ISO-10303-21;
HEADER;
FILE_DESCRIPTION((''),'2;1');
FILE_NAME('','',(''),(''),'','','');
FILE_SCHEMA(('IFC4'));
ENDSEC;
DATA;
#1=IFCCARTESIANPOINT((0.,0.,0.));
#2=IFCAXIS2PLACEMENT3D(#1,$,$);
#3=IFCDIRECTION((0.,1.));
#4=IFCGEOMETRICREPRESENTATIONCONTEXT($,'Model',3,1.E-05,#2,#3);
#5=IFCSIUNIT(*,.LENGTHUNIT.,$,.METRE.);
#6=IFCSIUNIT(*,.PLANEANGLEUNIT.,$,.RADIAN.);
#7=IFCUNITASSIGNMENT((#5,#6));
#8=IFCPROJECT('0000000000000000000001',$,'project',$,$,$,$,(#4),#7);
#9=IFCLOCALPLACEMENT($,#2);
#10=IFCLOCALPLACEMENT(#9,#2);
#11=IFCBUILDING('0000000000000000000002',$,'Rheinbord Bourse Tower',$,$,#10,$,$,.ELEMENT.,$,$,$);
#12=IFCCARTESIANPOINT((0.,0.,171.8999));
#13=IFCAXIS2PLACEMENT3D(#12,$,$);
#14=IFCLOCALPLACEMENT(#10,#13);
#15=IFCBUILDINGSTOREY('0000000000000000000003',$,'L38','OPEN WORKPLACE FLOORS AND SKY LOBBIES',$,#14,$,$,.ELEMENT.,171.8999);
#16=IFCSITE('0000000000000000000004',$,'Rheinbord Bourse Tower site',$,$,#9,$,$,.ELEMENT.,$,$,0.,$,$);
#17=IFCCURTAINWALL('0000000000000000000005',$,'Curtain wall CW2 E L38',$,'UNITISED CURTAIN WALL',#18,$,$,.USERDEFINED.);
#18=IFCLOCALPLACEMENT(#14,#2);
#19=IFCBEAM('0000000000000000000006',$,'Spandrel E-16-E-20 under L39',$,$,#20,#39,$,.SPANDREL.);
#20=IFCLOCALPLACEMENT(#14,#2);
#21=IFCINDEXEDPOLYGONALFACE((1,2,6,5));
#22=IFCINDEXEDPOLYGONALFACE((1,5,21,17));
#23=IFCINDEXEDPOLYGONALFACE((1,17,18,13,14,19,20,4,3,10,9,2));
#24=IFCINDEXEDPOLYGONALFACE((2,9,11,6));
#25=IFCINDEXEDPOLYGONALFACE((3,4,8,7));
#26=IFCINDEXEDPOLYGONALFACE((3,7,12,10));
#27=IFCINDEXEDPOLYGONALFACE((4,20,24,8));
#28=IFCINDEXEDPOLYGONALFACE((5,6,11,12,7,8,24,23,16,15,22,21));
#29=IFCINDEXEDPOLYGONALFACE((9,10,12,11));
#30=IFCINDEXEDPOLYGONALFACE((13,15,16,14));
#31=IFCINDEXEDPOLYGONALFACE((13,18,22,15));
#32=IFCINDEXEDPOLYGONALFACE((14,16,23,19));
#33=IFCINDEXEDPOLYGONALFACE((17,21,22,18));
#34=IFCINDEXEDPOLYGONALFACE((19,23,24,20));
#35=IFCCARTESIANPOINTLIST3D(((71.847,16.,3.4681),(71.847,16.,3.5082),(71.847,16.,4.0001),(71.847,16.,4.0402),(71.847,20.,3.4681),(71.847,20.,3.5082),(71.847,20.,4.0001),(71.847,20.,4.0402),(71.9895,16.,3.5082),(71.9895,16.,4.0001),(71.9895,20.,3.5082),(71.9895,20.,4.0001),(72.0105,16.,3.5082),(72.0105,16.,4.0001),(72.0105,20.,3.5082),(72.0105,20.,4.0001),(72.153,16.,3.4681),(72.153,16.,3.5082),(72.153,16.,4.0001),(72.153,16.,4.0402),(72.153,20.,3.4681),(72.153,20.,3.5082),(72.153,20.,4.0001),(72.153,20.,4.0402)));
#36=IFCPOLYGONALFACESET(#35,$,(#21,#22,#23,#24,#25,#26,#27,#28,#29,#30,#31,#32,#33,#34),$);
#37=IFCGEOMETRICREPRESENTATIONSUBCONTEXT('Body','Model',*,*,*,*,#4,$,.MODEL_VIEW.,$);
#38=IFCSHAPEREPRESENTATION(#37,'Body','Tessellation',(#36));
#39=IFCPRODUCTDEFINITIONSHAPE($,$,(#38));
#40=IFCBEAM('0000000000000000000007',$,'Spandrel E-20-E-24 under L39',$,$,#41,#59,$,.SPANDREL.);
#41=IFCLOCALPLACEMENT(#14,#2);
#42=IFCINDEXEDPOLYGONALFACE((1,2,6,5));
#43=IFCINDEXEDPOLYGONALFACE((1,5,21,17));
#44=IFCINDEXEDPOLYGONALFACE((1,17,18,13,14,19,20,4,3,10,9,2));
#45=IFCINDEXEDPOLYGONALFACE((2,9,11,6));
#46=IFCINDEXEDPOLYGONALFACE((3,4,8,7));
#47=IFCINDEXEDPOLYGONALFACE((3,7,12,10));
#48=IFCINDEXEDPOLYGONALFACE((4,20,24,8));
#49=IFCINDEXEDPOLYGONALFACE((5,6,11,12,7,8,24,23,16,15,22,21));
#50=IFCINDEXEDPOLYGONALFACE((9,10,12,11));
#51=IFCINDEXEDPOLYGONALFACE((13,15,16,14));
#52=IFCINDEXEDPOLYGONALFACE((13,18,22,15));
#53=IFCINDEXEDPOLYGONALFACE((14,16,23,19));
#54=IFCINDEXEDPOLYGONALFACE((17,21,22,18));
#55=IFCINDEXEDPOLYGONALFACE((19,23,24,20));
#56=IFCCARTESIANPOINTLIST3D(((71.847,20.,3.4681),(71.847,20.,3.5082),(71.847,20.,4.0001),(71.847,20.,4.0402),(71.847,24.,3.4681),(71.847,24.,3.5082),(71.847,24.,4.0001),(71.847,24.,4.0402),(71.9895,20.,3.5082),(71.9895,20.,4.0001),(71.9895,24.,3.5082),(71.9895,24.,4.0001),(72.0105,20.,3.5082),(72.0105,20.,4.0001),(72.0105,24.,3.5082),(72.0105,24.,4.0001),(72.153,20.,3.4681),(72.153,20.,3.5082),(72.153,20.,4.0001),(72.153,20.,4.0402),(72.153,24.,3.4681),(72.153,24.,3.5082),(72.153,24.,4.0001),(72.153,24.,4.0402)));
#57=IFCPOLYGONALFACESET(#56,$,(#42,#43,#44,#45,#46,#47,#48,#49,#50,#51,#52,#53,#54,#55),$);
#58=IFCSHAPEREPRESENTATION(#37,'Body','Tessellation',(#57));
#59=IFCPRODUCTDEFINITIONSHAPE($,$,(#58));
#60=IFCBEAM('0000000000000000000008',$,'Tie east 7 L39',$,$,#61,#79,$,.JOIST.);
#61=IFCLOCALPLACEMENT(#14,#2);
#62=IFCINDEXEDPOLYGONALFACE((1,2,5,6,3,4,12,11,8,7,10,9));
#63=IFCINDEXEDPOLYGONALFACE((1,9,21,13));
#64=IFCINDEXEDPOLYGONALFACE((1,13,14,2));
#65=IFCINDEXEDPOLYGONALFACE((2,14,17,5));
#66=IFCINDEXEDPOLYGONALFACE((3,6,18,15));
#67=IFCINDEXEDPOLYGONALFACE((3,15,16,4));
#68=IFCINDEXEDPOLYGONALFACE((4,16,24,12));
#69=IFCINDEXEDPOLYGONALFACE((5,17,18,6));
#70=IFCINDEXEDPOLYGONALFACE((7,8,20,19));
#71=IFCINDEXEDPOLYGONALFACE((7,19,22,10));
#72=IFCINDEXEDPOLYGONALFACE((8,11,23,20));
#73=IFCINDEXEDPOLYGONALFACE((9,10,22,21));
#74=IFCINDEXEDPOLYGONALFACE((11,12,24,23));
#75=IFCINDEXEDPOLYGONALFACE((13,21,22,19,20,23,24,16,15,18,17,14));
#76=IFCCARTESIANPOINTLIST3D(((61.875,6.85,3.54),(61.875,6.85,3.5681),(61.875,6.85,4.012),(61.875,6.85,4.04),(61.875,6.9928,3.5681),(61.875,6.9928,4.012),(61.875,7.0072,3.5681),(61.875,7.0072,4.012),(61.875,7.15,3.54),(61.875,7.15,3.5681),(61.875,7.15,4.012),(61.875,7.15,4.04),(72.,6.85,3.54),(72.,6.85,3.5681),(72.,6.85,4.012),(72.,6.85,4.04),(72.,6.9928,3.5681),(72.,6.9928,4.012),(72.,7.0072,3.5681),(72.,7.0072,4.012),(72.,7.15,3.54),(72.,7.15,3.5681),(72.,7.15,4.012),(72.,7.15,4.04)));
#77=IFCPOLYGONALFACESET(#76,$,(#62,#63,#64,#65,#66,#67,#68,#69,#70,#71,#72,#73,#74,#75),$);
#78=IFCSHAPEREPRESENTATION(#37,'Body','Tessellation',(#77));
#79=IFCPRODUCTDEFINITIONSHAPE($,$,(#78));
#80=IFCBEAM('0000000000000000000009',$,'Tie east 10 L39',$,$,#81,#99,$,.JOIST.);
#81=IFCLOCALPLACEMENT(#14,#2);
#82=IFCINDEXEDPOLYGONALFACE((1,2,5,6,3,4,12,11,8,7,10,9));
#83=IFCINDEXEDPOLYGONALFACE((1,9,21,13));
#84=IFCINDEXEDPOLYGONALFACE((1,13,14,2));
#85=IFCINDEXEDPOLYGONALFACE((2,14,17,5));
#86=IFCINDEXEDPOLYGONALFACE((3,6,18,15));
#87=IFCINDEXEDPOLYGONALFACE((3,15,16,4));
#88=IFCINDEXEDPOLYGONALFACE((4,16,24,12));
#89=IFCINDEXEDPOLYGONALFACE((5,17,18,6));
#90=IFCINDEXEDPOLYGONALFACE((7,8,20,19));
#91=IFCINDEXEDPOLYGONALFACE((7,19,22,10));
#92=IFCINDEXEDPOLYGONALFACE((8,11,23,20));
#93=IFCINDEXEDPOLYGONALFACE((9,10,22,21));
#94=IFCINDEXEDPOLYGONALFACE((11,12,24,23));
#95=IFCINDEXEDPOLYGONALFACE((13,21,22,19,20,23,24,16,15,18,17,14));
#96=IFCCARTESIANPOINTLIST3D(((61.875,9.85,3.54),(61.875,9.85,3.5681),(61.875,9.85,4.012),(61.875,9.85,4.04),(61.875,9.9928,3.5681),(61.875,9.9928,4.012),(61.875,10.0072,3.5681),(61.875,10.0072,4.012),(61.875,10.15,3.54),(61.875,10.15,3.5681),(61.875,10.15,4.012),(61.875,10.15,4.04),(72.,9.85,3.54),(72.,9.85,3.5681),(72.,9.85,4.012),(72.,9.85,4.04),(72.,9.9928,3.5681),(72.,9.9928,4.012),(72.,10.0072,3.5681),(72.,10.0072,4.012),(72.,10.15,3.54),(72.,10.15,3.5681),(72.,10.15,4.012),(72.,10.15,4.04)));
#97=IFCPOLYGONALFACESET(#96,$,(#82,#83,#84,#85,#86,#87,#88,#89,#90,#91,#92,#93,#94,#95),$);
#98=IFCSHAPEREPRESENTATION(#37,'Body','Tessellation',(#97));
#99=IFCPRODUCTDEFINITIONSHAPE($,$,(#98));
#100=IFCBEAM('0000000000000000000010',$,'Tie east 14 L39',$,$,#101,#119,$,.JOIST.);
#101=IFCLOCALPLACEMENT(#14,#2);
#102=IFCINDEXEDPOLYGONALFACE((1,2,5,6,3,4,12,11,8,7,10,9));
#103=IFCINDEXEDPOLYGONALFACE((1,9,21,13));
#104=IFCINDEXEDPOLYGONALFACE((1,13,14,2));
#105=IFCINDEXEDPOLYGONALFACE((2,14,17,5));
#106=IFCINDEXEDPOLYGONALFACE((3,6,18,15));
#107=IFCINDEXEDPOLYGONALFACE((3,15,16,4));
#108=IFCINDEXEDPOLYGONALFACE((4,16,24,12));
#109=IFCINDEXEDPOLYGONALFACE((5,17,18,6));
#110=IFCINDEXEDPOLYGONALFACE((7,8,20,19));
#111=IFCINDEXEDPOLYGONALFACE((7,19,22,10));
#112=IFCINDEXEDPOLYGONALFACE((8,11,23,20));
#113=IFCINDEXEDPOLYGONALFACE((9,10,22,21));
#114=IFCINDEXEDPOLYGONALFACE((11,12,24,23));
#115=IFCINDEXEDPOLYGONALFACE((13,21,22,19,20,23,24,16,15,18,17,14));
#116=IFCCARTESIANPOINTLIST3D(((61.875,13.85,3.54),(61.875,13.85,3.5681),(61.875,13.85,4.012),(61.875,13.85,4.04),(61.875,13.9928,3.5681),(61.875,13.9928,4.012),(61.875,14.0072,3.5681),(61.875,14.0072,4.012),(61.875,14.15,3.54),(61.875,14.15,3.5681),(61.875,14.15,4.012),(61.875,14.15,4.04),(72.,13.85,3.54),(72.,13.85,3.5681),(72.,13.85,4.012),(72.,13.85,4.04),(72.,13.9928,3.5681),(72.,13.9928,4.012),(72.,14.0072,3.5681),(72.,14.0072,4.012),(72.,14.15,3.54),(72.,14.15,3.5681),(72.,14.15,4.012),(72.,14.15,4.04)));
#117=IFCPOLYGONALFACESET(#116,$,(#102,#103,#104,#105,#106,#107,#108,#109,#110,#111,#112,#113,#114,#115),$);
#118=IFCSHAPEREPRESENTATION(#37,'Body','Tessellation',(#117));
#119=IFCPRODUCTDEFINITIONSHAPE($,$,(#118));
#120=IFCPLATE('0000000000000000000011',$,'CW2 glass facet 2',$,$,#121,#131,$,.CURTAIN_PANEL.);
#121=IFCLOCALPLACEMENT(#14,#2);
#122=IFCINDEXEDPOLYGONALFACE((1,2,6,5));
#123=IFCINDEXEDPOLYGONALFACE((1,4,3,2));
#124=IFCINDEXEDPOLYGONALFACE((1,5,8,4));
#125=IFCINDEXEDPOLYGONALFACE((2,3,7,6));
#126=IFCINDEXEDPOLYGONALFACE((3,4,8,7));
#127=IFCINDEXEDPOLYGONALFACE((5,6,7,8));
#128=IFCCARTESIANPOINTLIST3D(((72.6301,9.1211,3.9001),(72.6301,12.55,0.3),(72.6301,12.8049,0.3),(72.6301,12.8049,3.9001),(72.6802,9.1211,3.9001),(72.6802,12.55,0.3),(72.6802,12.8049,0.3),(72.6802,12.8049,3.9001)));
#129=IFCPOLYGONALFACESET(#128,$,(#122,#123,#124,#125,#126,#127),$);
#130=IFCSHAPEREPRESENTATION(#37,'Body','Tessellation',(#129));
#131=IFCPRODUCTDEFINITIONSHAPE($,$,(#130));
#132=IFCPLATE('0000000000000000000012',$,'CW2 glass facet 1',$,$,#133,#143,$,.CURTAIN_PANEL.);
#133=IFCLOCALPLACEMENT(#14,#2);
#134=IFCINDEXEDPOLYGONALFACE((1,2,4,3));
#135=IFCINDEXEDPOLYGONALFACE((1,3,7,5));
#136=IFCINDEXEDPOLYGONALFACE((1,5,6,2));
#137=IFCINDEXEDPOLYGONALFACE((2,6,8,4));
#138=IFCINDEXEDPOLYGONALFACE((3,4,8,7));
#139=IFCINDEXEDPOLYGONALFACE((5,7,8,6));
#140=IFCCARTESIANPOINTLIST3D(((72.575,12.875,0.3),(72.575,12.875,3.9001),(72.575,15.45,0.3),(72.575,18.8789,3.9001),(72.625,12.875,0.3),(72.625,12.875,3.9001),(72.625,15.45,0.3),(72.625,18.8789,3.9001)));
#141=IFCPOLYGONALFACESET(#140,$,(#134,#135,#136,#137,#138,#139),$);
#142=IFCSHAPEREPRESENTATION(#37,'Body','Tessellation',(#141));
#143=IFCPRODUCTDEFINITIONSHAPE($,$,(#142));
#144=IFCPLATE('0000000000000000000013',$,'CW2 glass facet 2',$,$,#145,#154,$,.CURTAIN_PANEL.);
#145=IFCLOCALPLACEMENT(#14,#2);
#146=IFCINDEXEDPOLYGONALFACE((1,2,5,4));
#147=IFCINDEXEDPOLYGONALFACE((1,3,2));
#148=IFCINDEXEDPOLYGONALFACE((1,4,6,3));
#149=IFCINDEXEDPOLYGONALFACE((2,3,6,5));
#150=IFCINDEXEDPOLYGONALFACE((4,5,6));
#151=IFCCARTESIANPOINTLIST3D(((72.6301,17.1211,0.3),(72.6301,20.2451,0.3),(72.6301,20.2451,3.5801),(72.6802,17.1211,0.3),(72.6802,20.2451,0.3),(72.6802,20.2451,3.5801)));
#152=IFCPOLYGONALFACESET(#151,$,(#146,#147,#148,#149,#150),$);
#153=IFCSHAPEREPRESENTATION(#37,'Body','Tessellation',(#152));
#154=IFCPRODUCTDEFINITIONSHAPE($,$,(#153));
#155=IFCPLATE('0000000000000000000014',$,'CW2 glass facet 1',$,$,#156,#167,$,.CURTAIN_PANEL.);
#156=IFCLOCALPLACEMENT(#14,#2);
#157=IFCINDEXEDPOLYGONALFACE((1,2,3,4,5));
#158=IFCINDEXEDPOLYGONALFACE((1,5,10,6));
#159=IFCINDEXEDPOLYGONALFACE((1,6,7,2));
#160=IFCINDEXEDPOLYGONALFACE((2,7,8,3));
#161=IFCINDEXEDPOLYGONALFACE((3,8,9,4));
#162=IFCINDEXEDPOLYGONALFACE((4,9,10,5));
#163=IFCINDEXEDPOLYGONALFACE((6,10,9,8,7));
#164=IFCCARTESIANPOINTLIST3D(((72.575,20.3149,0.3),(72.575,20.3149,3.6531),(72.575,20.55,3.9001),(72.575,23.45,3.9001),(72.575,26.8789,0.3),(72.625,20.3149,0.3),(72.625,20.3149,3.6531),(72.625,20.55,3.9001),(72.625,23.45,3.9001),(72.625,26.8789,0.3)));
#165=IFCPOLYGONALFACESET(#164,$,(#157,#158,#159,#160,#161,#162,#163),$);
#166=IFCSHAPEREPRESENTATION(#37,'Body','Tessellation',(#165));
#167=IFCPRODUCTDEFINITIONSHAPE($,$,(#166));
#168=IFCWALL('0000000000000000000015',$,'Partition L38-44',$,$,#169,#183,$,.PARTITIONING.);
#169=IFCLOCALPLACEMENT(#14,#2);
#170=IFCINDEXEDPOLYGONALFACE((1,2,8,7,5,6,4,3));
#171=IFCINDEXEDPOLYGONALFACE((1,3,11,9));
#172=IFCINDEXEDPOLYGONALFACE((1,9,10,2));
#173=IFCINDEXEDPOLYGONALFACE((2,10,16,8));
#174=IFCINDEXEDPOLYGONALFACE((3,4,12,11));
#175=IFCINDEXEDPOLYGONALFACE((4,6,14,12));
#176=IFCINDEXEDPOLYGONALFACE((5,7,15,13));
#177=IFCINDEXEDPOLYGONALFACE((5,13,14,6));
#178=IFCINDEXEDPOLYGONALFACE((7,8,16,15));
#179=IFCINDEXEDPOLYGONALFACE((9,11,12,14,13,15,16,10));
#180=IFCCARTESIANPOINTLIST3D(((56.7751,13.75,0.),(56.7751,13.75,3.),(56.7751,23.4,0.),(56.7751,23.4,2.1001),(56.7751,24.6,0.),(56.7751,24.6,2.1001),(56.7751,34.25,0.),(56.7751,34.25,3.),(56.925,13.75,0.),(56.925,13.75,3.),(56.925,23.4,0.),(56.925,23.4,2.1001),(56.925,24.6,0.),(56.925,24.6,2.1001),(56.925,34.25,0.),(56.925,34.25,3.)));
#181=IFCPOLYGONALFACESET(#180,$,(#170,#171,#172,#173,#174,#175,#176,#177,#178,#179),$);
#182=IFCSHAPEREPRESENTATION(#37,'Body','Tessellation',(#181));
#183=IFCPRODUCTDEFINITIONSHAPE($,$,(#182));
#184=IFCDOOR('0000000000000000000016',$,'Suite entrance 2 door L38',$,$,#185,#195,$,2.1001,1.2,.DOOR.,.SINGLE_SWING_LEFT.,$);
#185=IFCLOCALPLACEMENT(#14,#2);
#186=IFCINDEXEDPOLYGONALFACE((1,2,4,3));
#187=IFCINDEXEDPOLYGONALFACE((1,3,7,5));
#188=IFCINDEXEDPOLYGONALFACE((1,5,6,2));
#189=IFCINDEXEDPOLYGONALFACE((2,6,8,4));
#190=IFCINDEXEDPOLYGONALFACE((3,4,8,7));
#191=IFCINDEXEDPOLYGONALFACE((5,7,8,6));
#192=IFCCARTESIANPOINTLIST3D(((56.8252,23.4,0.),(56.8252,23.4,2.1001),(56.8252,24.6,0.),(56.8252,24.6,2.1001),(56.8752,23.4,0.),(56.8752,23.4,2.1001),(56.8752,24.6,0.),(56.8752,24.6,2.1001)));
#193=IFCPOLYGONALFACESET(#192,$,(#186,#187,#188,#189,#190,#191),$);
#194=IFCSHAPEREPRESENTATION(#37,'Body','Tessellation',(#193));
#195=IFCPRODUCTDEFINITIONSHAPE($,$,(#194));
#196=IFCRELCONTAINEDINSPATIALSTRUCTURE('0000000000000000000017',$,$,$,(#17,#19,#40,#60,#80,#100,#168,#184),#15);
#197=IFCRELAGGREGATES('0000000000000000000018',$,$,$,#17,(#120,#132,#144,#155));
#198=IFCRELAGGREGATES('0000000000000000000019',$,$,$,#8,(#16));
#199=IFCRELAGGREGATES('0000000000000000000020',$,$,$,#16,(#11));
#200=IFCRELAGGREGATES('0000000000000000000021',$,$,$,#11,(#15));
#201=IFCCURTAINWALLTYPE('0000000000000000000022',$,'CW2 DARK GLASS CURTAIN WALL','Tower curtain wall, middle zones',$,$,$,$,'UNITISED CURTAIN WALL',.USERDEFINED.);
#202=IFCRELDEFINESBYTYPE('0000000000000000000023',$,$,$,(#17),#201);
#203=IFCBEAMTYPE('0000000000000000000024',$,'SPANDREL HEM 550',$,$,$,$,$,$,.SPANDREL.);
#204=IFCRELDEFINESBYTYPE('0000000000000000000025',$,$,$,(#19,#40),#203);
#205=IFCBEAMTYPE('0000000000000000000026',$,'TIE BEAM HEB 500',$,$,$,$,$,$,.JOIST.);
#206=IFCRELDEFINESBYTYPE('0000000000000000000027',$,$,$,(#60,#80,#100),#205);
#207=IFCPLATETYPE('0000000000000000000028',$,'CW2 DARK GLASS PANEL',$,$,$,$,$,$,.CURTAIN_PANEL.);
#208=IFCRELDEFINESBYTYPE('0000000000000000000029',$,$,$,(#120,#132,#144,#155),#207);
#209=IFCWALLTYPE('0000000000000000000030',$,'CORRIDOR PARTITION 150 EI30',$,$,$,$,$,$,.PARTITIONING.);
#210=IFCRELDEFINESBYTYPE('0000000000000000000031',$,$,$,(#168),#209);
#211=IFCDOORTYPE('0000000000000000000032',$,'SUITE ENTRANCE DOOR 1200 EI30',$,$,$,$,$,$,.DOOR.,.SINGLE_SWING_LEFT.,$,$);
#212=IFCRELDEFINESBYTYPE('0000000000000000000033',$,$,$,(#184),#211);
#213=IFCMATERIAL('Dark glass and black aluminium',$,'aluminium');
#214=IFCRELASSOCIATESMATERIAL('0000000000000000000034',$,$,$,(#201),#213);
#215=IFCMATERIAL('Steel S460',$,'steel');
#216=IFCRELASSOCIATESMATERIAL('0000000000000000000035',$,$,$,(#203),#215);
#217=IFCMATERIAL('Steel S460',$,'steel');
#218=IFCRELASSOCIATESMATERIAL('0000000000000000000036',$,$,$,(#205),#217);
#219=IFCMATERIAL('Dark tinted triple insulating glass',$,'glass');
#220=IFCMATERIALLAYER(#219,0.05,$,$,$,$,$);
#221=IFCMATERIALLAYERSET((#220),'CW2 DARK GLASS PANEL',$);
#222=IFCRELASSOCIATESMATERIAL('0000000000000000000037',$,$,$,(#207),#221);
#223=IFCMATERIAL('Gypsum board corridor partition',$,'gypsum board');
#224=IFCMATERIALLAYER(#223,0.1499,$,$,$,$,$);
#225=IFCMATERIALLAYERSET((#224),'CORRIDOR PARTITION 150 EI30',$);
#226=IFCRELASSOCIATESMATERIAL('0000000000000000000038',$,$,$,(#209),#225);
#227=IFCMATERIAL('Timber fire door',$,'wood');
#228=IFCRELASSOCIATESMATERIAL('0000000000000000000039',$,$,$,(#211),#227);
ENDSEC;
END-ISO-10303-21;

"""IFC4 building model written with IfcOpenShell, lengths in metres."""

from ifc_helpers import new_model, si_unit, direction, frame, frame_2d, origin, origin_2d, place, context, subcontext, project, spatial, polyline, rectangle, i_section, outline, extrude, material, layer, layer_set, material_profile, profile_set, type_object, element, fill, aggregate, save


model = new_model("IFC4")

# Units and contexts
model_context = context("Model", 3, precision=1e-05, world=origin(), true_north=direction((0.0, 1.0)))
body_context = subcontext(model_context, "Body", "Model", "MODEL_VIEW")
ifc_project = project(units=[si_unit("LENGTHUNIT", "METRE"), si_unit("PLANEANGLEUNIT", "RADIAN")], contexts=[model_context])

# Site, building, storey
site_placement = place(None, origin())
site = spatial("IfcSite", under=ifc_project, at=site_placement, Name="Rheinbord Bourse Tower site", CompositionType="ELEMENT", RefElevation=0.0)
building_placement = place(site_placement, origin())
building = spatial("IfcBuilding", under=site, at=building_placement, Name="Rheinbord Bourse Tower", CompositionType="ELEMENT")
storey_placement = place(building_placement, frame((0.0, 0.0, 171.8999)))
storey = spatial("IfcBuildingStorey", under=building, at=storey_placement, Name="L38", Description="OPEN WORKPLACE FLOORS AND SKY LOBBIES", CompositionType="ELEMENT", Elevation=171.8999)

# Curtain wall
ifc_material_1 = material(Name="Dark glass and black aluminium", Category="aluminium")
curtain_wall_type = type_object("IfcCurtainWallType", Name="CW2 DARK GLASS CURTAIN WALL", Description="Tower curtain wall, middle zones", ElementType="UNITISED CURTAIN WALL", PredefinedType="USERDEFINED", material=ifc_material_1)
curtain_wall_placement = place(storey_placement, origin())
curtain_wall = element("IfcCurtainWall", 1, at=curtain_wall_placement, inside=storey, type_object=curtain_wall_type, Name="Curtain wall CW2 E L38", ObjectType="UNITISED CURTAIN WALL", PredefinedType="USERDEFINED")

# Beams
ifc_material_2 = material(Name="Steel S460", Category="steel")
ifc_material_profile_1 = material_profile(ifc_material_2, i_section(OverallWidth=0.3059, OverallDepth=0.572, WebThickness=0.021, FlangeThickness=0.04, at=origin_2d()), Name="HEM 550")
ifc_profile_set_1 = profile_set([ifc_material_profile_1], Name="Steel S460")
beam_type_1 = type_object("IfcBeamType", Name="SPANDREL HEM 550", PredefinedType="SPANDREL", material=ifc_profile_set_1)
for number, where, z_axis, x_axis, name in (
    (2, (72.0, 16.0, 3.7542), (0.0, 1.0, 0.0), (-1.0, 0.0, 0.0), "Spandrel E-16-E-20 under L39"),
    (3, (72.0, 20.0, 3.7542), (0.0, 1.0, 0.0), (-1.0, 0.0, 0.0), "Spandrel E-20-E-24 under L39"),
):
    element("IfcBeam", number, at=place(storey_placement, frame(where, z_axis=z_axis, x_axis=x_axis)), inside=storey, type_object=beam_type_1, Name=name, PredefinedType="SPANDREL", context=body_context, shape_type="SweptSolid", body=[
        extrude(i_section(OverallWidth=0.3059, OverallDepth=0.572, WebThickness=0.021, FlangeThickness=0.04, at=origin_2d()), origin(), (0.0, 0.0, 1.0), 4.0),
    ])
ifc_material_3 = material(Name="Steel S460", Category="steel")
ifc_material_profile_2 = material_profile(ifc_material_3, i_section(OverallWidth=0.3, OverallDepth=0.5, WebThickness=0.0144, FlangeThickness=0.0281, at=origin_2d()), Name="HEB 500")
ifc_profile_set_2 = profile_set([ifc_material_profile_2], Name="Steel S460")
beam_type_2 = type_object("IfcBeamType", Name="TIE BEAM HEB 500", PredefinedType="JOIST", material=ifc_profile_set_2)
for number, where, z_axis, x_axis, name in (
    (4, (61.875, 7.0, 3.79), (1.0, 0.0, 0.0), (0.0, 1.0, 0.0), "Tie east 7 L39"),
    (5, (61.875, 10.0, 3.79), (1.0, 0.0, 0.0), (0.0, 1.0, 0.0), "Tie east 10 L39"),
    (6, (61.875, 14.0, 3.79), (1.0, 0.0, 0.0), (0.0, 1.0, 0.0), "Tie east 14 L39"),
):
    element("IfcBeam", number, at=place(storey_placement, frame(where, z_axis=z_axis, x_axis=x_axis)), inside=storey, type_object=beam_type_2, Name=name, PredefinedType="JOIST", context=body_context, shape_type="SweptSolid", body=[
        extrude(i_section(OverallWidth=0.3, OverallDepth=0.5, WebThickness=0.0144, FlangeThickness=0.0281, at=origin_2d()), origin(), (0.0, 0.0, 1.0), 10.125),
    ])

# Plates
ifc_material_4 = material(Name="Dark tinted triple insulating glass", Category="glass")
ifc_layer_1 = layer(ifc_material_4, 0.05)
ifc_layer_set_1 = layer_set([ifc_layer_1], Name="CW2 DARK GLASS PANEL")
plate_type = type_object("IfcPlateType", Name="CW2 DARK GLASS PANEL", PredefinedType="CURTAIN_PANEL", material=ifc_layer_set_1)
plate_1_placement = place(storey_placement, frame((72.6802, 12.8049, 3.9001), z_axis=(-1.0, 0.0, 0.0), x_axis=(0.0, 0.0, -1.0)))
plate_1 = element("IfcPlate", 7, at=plate_1_placement, type_object=plate_type, Name="CW2 glass facet 2", PredefinedType="CURTAIN_PANEL", context=body_context, shape_type="SweptSolid", body=[
    extrude(outline(polyline([(0.0, 0.0), (3.6001, 0.0), (3.6001, 0.2549), (0.0, 3.6838), (0.0, 0.0)])), origin(), (0.0, 0.0, 1.0), 0.05),
])
plate_2_placement = place(storey_placement, frame((72.625, 12.875, 0.3), z_axis=(-1.0, 0.0, 0.0), x_axis=(0.0, 0.0, 1.0)))
plate_2 = element("IfcPlate", 8, at=plate_2_placement, type_object=plate_type, Name="CW2 glass facet 1", PredefinedType="CURTAIN_PANEL", context=body_context, shape_type="SweptSolid", body=[
    extrude(outline(polyline([(0.0, 0.0), (3.6001, 0.0), (3.6001, 6.0039), (0.0, 2.575), (0.0, 0.0)])), origin(), (0.0, 0.0, 1.0), 0.05),
])
plate_3_placement = place(storey_placement, frame((72.6802, 20.2451, 0.3), z_axis=(-1.0, 0.0, 0.0), x_axis=(0.0, -1.0, 0.0)))
plate_3 = element("IfcPlate", 9, at=plate_3_placement, type_object=plate_type, Name="CW2 glass facet 2", PredefinedType="CURTAIN_PANEL", context=body_context, shape_type="SweptSolid", body=[
    extrude(outline(polyline([(0.0, 0.0), (3.124, 0.0), (0.0, 3.28), (0.0, 0.0)])), origin(), (0.0, 0.0, 1.0), 0.05),
])
plate_4_placement = place(storey_placement, frame((72.625, 20.3149, 0.3), z_axis=(-1.0, 0.0, 0.0), x_axis=(0.0, 0.0, 1.0)))
plate_4 = element("IfcPlate", 10, at=plate_4_placement, type_object=plate_type, Name="CW2 glass facet 1", PredefinedType="CURTAIN_PANEL", context=body_context, shape_type="SweptSolid", body=[
    extrude(outline(polyline([(0.0, 0.0), (3.353, 0.0), (3.6001, 0.2351), (3.6001, 3.135), (0.0, 6.564), (0.0, 0.0)])), origin(), (0.0, 0.0, 1.0), 0.05),
])
aggregate(curtain_wall, [plate_1, plate_2, plate_3, plate_4])

# Wall, opening, door
ifc_material_5 = material(Name="Gypsum board corridor partition", Category="gypsum board")
ifc_layer_2 = layer(ifc_material_5, 0.1499)
ifc_layer_set_2 = layer_set([ifc_layer_2], Name="CORRIDOR PARTITION 150 EI30")
wall_type_1 = type_object("IfcWallType", Name="CORRIDOR PARTITION 150 EI30", PredefinedType="PARTITIONING", material=ifc_layer_set_2)
wall_1_placement = place(storey_placement, frame((56.8501, 13.75, 0.0), z_axis=(0.0, 0.0, 1.0), x_axis=(0.0, 1.0, 0.0)))
wall_1 = element("IfcWall", 11, at=wall_1_placement, inside=storey, type_object=wall_type_1, Name="Partition L38-44", PredefinedType="PARTITIONING", context=body_context, shape_type="SweptSolid", body=[
    extrude(rectangle(XDim=20.5, YDim=0.1499, at=frame_2d((10.25, 0.0))), origin(), (0.0, 0.0, 1.0), 3.0),
])
opening_1_placement = place(wall_1_placement, frame((9.6499, 0.0, 0.0)))
opening_1 = element("IfcOpeningElement", 12, at=opening_1_placement, cuts=wall_1, PredefinedType="OPENING", context=body_context, shape_type="SweptSolid", body=[
    extrude(rectangle(XDim=1.2, YDim=2.1001, at=frame_2d((0.6001, 1.05))), frame((0.0, 0.085, 0.0), z_axis=(0.0, -1.0, 0.0), x_axis=(1.0, 0.0, 0.0)), (0.0, 0.0, 1.0), 0.1699),
])
ifc_material_6 = material(Name="Timber fire door", Category="wood")
door_type_1 = type_object("IfcDoorType", Name="SUITE ENTRANCE DOOR 1200 EI30", OperationType="SINGLE_SWING_LEFT", PredefinedType="DOOR", material=ifc_material_6)
door_1_placement = place(opening_1_placement, origin())
door_1 = element("IfcDoor", 13, at=door_1_placement, inside=storey, type_object=door_type_1, Name="Suite entrance 2 door L38", OperationType="SINGLE_SWING_LEFT", OverallHeight=2.1001, OverallWidth=1.2, PredefinedType="DOOR", context=body_context, shape_type="SweptSolid", body=[
    extrude(rectangle(XDim=1.2, YDim=2.1001, at=frame_2d((0.6001, 1.05))), frame((0.0, 0.0249, 0.0), z_axis=(0.0, -1.0, 0.0), x_axis=(1.0, 0.0, 0.0)), (0.0, 0.0, 1.0), 0.05),
])
fill(opening_1, door_1)

save(model, "model.ifc")
